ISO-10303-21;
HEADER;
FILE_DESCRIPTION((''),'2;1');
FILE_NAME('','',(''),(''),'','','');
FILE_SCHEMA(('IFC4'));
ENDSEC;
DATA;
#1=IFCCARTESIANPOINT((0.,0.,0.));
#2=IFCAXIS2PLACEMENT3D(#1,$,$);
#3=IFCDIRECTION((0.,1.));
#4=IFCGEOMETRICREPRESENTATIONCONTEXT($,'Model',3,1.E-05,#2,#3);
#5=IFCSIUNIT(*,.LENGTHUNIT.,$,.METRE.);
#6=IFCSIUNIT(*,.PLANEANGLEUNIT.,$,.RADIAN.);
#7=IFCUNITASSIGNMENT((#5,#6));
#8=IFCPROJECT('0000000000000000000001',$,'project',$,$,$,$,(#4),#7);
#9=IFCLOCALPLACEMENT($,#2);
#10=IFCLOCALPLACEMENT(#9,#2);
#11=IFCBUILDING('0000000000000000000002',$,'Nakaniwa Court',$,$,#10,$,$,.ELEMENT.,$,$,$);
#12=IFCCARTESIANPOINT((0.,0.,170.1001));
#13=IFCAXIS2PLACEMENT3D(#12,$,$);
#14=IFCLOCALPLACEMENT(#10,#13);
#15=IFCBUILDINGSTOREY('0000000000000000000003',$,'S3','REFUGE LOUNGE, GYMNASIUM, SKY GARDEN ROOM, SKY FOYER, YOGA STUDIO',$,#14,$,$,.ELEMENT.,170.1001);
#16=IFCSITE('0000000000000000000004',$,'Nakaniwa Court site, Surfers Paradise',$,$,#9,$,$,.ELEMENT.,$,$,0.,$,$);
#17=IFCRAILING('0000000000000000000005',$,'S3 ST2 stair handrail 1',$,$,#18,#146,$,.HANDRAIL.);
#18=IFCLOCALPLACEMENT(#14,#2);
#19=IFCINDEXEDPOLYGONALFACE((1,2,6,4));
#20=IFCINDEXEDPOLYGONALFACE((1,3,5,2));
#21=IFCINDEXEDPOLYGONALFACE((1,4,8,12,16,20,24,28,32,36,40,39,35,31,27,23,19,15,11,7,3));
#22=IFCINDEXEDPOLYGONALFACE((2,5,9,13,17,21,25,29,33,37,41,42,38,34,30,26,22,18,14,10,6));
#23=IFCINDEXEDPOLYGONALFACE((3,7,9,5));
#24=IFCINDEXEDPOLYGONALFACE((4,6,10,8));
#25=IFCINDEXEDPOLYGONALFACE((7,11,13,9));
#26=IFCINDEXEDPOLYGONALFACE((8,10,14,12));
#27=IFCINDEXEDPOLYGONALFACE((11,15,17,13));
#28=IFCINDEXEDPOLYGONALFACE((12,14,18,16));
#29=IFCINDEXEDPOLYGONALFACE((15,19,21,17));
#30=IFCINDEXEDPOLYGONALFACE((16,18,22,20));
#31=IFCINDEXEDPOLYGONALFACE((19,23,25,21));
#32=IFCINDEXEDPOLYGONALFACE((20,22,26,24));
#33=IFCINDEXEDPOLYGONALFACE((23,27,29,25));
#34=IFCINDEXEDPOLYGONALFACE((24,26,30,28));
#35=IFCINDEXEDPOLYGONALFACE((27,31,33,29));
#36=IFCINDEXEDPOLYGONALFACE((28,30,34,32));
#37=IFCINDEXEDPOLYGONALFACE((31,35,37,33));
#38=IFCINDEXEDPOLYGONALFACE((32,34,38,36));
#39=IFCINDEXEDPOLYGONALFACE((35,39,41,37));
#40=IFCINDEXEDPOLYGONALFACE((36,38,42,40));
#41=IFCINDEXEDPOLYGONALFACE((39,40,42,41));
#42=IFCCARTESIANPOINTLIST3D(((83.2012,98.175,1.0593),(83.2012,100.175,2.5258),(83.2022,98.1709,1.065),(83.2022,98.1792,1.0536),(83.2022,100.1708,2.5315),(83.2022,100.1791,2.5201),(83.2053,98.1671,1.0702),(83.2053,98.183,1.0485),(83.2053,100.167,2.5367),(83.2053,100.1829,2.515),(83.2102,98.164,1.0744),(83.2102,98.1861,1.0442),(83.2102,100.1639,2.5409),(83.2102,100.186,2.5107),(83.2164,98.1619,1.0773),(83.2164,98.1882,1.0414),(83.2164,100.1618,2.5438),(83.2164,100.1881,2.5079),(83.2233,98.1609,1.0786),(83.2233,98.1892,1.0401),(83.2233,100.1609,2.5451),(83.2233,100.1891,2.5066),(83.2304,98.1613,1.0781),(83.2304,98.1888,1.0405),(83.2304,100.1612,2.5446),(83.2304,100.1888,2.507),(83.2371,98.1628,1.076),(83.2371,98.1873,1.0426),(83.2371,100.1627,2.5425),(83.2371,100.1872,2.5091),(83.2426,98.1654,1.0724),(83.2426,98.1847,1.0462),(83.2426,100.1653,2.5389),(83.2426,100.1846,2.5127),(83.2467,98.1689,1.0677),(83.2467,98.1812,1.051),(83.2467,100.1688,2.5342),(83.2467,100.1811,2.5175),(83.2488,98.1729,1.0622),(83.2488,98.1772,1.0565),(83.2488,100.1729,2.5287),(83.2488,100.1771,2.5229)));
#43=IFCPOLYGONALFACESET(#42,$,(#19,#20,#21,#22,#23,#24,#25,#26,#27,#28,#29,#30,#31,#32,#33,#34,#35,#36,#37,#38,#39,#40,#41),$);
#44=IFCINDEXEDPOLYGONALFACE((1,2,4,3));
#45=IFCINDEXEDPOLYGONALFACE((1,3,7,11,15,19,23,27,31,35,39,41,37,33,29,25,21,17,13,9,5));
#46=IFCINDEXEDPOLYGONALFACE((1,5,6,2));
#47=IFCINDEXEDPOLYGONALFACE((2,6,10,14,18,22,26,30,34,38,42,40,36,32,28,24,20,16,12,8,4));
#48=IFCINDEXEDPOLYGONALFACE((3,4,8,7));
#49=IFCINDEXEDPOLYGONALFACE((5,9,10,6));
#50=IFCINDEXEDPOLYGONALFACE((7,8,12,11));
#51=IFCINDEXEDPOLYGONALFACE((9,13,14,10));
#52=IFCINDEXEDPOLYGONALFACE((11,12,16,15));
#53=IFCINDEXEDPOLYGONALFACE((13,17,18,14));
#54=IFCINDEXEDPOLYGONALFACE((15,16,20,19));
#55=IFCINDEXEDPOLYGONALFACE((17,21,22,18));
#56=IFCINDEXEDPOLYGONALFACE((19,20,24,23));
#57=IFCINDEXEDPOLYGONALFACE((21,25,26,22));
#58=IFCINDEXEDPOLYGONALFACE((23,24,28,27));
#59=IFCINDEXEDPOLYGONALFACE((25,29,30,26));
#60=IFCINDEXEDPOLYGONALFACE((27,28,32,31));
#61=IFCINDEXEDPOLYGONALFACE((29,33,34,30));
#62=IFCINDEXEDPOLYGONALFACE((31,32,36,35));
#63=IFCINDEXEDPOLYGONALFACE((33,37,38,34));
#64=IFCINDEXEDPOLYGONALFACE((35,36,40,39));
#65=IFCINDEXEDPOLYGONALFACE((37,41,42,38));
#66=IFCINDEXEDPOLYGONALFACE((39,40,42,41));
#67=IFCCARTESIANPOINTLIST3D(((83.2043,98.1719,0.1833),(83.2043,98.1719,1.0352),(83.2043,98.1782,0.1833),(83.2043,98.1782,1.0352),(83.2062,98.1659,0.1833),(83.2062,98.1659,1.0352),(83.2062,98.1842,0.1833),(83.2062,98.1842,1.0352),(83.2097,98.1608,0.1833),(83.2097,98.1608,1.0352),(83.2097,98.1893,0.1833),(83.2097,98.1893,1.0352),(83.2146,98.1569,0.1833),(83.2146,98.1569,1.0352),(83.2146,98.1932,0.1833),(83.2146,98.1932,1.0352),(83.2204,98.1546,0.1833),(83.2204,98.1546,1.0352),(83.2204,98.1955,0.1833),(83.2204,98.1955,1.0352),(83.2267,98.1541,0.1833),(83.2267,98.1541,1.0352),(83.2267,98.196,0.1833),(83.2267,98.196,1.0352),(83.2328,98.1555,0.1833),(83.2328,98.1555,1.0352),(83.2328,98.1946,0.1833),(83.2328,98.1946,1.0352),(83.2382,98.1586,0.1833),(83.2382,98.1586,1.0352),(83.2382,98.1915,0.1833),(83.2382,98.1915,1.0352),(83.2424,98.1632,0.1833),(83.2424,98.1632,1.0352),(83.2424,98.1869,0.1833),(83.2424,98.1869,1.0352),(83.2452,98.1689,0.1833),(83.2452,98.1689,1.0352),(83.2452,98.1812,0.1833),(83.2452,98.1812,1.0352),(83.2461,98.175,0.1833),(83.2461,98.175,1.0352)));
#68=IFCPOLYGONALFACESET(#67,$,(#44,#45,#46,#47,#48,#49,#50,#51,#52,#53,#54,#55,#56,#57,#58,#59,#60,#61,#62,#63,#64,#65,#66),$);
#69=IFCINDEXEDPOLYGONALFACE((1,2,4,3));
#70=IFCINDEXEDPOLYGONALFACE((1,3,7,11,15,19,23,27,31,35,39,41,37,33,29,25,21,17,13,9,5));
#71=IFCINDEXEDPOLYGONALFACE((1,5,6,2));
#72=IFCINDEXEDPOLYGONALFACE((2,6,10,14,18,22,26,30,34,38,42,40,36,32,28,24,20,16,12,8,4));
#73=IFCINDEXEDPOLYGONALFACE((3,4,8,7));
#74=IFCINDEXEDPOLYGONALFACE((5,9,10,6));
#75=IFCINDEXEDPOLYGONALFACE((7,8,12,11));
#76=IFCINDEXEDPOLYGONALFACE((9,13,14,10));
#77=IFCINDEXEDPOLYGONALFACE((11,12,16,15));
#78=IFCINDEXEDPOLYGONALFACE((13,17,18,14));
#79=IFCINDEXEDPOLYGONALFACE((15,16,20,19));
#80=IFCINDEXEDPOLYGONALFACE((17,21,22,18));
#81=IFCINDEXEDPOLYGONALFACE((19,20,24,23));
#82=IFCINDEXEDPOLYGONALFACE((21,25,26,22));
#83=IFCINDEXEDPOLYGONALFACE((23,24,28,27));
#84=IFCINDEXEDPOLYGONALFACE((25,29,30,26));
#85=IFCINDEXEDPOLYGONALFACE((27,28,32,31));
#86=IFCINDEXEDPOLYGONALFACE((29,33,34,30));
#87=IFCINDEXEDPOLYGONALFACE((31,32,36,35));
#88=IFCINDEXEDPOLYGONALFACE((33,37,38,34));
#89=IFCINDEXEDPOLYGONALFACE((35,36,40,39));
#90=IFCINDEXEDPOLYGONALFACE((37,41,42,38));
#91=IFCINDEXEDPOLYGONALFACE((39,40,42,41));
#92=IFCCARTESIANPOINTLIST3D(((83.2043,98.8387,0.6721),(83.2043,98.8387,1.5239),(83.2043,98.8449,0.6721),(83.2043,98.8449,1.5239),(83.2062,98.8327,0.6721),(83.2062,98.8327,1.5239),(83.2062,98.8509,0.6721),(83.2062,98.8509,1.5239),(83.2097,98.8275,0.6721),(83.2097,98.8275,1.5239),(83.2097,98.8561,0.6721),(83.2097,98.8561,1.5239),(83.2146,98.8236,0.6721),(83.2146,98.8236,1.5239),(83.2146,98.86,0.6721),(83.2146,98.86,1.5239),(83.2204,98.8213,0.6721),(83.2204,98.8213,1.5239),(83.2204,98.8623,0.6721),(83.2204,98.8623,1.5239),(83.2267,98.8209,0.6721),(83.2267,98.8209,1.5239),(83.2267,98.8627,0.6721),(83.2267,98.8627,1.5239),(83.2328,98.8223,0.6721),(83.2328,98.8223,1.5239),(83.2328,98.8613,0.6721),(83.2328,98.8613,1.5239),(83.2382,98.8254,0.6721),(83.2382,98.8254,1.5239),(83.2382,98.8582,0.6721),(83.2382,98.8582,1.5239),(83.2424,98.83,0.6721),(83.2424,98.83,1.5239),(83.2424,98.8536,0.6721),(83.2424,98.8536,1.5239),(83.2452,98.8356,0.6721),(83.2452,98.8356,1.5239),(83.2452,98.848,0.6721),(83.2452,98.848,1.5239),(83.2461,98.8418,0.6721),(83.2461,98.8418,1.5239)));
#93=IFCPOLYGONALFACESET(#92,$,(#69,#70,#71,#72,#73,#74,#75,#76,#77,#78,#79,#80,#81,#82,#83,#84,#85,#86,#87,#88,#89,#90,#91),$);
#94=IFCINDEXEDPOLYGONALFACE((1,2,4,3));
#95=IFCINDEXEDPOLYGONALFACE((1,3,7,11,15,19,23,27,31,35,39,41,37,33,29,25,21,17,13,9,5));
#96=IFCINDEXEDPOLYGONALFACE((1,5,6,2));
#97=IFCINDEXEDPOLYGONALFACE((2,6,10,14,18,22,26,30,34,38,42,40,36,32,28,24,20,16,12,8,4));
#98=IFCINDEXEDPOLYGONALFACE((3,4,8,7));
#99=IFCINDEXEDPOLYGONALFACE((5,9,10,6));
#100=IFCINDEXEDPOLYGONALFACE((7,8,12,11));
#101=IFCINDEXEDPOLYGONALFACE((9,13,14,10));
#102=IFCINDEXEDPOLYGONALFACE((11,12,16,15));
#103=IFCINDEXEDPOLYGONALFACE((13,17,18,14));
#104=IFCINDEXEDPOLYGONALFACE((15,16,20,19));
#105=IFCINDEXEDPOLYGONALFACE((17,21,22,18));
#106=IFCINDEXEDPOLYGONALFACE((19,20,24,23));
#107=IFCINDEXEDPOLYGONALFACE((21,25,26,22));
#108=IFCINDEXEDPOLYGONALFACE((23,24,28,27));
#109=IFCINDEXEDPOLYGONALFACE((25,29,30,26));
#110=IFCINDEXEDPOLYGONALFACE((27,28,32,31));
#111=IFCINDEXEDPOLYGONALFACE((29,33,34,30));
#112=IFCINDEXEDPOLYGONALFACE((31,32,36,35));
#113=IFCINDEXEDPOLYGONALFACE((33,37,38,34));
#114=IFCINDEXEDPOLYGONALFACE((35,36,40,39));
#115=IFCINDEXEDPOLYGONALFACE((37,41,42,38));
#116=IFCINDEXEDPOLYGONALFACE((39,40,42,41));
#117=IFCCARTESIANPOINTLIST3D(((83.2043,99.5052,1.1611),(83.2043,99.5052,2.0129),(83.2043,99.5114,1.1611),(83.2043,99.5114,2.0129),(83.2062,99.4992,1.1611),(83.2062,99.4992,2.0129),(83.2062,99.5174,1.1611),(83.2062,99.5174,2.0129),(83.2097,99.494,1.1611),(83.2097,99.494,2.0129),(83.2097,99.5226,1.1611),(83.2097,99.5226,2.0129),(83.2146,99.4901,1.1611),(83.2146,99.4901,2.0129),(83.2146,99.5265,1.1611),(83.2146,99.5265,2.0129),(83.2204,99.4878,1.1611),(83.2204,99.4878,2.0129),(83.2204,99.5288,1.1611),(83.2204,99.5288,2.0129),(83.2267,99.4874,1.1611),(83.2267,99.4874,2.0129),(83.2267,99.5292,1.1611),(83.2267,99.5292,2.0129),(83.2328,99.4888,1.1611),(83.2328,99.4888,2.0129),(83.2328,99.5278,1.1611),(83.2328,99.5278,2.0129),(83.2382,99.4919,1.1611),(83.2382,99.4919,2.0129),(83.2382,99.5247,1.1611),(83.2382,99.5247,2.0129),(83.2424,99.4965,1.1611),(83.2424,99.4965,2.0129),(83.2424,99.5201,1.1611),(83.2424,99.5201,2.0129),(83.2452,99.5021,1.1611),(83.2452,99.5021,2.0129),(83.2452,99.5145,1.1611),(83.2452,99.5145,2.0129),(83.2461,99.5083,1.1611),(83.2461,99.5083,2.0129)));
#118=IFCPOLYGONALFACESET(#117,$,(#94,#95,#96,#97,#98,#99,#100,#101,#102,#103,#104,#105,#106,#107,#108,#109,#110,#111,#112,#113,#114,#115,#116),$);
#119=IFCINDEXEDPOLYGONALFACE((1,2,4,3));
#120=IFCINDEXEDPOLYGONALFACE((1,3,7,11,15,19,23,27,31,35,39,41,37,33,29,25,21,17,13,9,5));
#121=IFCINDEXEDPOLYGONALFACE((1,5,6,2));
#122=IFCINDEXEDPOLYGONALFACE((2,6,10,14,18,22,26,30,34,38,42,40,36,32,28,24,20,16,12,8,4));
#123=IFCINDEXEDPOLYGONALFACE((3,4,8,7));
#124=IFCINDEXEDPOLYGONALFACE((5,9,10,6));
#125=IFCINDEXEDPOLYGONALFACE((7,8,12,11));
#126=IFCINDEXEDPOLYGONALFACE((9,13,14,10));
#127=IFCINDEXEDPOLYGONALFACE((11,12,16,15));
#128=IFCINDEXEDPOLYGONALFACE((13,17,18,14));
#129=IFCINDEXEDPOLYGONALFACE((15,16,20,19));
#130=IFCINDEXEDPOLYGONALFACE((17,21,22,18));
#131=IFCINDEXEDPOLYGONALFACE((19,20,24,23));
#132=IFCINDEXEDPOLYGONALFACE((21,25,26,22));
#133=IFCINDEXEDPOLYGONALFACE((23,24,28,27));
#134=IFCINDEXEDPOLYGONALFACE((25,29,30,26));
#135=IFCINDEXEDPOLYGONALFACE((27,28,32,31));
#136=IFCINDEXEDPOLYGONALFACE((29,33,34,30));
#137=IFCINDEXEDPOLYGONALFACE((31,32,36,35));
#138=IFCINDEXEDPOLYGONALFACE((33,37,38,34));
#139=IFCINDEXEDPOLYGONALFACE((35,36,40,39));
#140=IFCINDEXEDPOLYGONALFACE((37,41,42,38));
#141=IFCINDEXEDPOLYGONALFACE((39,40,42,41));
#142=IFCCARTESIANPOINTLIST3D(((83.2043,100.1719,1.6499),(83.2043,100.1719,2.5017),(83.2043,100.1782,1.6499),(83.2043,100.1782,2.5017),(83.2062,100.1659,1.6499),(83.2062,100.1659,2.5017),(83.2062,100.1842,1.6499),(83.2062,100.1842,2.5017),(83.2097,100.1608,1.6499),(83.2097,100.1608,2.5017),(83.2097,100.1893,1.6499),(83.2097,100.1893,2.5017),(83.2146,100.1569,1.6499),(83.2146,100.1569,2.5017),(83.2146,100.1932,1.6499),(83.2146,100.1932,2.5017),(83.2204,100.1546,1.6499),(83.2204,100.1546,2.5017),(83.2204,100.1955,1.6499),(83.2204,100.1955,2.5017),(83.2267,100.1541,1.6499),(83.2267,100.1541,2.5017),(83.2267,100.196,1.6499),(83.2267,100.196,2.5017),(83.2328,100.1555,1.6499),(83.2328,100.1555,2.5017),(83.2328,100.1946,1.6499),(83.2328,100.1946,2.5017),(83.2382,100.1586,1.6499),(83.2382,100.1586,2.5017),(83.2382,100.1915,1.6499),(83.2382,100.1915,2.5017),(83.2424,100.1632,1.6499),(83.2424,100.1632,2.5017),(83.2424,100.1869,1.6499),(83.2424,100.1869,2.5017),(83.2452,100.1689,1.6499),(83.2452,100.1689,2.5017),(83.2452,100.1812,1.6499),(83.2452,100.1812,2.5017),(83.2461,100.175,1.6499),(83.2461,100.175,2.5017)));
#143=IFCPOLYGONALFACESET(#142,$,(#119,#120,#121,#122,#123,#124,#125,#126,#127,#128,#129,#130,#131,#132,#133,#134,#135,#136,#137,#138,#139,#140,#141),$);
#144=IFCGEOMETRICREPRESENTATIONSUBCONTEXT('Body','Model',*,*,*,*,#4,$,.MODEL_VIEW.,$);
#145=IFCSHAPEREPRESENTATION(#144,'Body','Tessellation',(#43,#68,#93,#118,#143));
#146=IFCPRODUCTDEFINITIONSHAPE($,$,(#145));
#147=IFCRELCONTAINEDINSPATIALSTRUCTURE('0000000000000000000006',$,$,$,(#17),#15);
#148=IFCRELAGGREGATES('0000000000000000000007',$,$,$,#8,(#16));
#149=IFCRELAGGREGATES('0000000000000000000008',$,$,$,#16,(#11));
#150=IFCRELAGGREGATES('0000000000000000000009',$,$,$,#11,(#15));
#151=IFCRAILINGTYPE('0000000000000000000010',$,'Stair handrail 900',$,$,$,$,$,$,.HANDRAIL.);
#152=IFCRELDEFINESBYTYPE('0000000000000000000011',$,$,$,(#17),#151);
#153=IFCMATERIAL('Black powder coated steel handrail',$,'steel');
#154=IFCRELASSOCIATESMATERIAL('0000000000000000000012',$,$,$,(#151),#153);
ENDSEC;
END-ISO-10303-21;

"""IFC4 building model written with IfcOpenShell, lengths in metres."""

from ifc_helpers import new_model, si_unit, direction, frame, origin, origin_2d, place, context, subcontext, project, spatial, circle, extrude, material, type_object, element, save


model = new_model("IFC4")

# Units and contexts
model_context = context("Model", 3, precision=1e-05, world=origin(), true_north=direction((0.0, 1.0)))
body_context = subcontext(model_context, "Body", "Model", "MODEL_VIEW")
ifc_project = project(units=[si_unit("LENGTHUNIT", "METRE"), si_unit("PLANEANGLEUNIT", "RADIAN")], contexts=[model_context])

# Site, building, storey
site_placement = place(None, origin())
site = spatial("IfcSite", under=ifc_project, at=site_placement, Name="Nakaniwa Court site, Surfers Paradise", CompositionType="ELEMENT", RefElevation=0.0)
building_placement = place(site_placement, origin())
building = spatial("IfcBuilding", under=site, at=building_placement, Name="Nakaniwa Court", CompositionType="ELEMENT")
storey_placement = place(building_placement, frame((0.0, 0.0, 170.1001)))
storey = spatial("IfcBuildingStorey", under=building, at=storey_placement, Name="S3", Description="REFUGE LOUNGE, GYMNASIUM, SKY GARDEN ROOM, SKY FOYER, YOGA STUDIO", CompositionType="ELEMENT", Elevation=170.1001)

# Railing
ifc_material_1 = material(Name="Black powder coated steel handrail", Category="steel")
railing_type_1 = type_object("IfcRailingType", Name="Stair handrail 900", PredefinedType="HANDRAIL", material=ifc_material_1)
railing_1_placement = place(storey_placement, frame((83.2251, 98.175, 0.1833)))
element("IfcRailing", 1, at=railing_1_placement, inside=storey, type_object=railing_type_1, Name="S3 ST2 stair handrail 1", PredefinedType="HANDRAIL", context=body_context, shape_type="SweptSolid", body=[
    extrude(circle(Radius=0.0239, at=origin_2d()), frame((0.0, 0.0, 0.876), z_axis=(0.0, 0.806427, 0.591334), x_axis=(-1.0, 0.0, 0.0)), (0.0, 0.0, 1.0), 2.48),
    extrude(circle(Radius=0.021, at=origin_2d()), origin(), (0.0, 0.0, 1.0), 0.8518),
    extrude(circle(Radius=0.021, at=origin_2d()), frame((0.0, 0.6667, 0.4888)), (0.0, 0.0, 1.0), 0.8518),
    extrude(circle(Radius=0.021, at=origin_2d()), frame((0.0, 1.3333, 0.9778)), (0.0, 0.0, 1.0), 0.8518),
    extrude(circle(Radius=0.021, at=origin_2d()), frame((0.0, 2.0, 1.4666)), (0.0, 0.0, 1.0), 0.8518),
])

save(model, "model.ifc")
